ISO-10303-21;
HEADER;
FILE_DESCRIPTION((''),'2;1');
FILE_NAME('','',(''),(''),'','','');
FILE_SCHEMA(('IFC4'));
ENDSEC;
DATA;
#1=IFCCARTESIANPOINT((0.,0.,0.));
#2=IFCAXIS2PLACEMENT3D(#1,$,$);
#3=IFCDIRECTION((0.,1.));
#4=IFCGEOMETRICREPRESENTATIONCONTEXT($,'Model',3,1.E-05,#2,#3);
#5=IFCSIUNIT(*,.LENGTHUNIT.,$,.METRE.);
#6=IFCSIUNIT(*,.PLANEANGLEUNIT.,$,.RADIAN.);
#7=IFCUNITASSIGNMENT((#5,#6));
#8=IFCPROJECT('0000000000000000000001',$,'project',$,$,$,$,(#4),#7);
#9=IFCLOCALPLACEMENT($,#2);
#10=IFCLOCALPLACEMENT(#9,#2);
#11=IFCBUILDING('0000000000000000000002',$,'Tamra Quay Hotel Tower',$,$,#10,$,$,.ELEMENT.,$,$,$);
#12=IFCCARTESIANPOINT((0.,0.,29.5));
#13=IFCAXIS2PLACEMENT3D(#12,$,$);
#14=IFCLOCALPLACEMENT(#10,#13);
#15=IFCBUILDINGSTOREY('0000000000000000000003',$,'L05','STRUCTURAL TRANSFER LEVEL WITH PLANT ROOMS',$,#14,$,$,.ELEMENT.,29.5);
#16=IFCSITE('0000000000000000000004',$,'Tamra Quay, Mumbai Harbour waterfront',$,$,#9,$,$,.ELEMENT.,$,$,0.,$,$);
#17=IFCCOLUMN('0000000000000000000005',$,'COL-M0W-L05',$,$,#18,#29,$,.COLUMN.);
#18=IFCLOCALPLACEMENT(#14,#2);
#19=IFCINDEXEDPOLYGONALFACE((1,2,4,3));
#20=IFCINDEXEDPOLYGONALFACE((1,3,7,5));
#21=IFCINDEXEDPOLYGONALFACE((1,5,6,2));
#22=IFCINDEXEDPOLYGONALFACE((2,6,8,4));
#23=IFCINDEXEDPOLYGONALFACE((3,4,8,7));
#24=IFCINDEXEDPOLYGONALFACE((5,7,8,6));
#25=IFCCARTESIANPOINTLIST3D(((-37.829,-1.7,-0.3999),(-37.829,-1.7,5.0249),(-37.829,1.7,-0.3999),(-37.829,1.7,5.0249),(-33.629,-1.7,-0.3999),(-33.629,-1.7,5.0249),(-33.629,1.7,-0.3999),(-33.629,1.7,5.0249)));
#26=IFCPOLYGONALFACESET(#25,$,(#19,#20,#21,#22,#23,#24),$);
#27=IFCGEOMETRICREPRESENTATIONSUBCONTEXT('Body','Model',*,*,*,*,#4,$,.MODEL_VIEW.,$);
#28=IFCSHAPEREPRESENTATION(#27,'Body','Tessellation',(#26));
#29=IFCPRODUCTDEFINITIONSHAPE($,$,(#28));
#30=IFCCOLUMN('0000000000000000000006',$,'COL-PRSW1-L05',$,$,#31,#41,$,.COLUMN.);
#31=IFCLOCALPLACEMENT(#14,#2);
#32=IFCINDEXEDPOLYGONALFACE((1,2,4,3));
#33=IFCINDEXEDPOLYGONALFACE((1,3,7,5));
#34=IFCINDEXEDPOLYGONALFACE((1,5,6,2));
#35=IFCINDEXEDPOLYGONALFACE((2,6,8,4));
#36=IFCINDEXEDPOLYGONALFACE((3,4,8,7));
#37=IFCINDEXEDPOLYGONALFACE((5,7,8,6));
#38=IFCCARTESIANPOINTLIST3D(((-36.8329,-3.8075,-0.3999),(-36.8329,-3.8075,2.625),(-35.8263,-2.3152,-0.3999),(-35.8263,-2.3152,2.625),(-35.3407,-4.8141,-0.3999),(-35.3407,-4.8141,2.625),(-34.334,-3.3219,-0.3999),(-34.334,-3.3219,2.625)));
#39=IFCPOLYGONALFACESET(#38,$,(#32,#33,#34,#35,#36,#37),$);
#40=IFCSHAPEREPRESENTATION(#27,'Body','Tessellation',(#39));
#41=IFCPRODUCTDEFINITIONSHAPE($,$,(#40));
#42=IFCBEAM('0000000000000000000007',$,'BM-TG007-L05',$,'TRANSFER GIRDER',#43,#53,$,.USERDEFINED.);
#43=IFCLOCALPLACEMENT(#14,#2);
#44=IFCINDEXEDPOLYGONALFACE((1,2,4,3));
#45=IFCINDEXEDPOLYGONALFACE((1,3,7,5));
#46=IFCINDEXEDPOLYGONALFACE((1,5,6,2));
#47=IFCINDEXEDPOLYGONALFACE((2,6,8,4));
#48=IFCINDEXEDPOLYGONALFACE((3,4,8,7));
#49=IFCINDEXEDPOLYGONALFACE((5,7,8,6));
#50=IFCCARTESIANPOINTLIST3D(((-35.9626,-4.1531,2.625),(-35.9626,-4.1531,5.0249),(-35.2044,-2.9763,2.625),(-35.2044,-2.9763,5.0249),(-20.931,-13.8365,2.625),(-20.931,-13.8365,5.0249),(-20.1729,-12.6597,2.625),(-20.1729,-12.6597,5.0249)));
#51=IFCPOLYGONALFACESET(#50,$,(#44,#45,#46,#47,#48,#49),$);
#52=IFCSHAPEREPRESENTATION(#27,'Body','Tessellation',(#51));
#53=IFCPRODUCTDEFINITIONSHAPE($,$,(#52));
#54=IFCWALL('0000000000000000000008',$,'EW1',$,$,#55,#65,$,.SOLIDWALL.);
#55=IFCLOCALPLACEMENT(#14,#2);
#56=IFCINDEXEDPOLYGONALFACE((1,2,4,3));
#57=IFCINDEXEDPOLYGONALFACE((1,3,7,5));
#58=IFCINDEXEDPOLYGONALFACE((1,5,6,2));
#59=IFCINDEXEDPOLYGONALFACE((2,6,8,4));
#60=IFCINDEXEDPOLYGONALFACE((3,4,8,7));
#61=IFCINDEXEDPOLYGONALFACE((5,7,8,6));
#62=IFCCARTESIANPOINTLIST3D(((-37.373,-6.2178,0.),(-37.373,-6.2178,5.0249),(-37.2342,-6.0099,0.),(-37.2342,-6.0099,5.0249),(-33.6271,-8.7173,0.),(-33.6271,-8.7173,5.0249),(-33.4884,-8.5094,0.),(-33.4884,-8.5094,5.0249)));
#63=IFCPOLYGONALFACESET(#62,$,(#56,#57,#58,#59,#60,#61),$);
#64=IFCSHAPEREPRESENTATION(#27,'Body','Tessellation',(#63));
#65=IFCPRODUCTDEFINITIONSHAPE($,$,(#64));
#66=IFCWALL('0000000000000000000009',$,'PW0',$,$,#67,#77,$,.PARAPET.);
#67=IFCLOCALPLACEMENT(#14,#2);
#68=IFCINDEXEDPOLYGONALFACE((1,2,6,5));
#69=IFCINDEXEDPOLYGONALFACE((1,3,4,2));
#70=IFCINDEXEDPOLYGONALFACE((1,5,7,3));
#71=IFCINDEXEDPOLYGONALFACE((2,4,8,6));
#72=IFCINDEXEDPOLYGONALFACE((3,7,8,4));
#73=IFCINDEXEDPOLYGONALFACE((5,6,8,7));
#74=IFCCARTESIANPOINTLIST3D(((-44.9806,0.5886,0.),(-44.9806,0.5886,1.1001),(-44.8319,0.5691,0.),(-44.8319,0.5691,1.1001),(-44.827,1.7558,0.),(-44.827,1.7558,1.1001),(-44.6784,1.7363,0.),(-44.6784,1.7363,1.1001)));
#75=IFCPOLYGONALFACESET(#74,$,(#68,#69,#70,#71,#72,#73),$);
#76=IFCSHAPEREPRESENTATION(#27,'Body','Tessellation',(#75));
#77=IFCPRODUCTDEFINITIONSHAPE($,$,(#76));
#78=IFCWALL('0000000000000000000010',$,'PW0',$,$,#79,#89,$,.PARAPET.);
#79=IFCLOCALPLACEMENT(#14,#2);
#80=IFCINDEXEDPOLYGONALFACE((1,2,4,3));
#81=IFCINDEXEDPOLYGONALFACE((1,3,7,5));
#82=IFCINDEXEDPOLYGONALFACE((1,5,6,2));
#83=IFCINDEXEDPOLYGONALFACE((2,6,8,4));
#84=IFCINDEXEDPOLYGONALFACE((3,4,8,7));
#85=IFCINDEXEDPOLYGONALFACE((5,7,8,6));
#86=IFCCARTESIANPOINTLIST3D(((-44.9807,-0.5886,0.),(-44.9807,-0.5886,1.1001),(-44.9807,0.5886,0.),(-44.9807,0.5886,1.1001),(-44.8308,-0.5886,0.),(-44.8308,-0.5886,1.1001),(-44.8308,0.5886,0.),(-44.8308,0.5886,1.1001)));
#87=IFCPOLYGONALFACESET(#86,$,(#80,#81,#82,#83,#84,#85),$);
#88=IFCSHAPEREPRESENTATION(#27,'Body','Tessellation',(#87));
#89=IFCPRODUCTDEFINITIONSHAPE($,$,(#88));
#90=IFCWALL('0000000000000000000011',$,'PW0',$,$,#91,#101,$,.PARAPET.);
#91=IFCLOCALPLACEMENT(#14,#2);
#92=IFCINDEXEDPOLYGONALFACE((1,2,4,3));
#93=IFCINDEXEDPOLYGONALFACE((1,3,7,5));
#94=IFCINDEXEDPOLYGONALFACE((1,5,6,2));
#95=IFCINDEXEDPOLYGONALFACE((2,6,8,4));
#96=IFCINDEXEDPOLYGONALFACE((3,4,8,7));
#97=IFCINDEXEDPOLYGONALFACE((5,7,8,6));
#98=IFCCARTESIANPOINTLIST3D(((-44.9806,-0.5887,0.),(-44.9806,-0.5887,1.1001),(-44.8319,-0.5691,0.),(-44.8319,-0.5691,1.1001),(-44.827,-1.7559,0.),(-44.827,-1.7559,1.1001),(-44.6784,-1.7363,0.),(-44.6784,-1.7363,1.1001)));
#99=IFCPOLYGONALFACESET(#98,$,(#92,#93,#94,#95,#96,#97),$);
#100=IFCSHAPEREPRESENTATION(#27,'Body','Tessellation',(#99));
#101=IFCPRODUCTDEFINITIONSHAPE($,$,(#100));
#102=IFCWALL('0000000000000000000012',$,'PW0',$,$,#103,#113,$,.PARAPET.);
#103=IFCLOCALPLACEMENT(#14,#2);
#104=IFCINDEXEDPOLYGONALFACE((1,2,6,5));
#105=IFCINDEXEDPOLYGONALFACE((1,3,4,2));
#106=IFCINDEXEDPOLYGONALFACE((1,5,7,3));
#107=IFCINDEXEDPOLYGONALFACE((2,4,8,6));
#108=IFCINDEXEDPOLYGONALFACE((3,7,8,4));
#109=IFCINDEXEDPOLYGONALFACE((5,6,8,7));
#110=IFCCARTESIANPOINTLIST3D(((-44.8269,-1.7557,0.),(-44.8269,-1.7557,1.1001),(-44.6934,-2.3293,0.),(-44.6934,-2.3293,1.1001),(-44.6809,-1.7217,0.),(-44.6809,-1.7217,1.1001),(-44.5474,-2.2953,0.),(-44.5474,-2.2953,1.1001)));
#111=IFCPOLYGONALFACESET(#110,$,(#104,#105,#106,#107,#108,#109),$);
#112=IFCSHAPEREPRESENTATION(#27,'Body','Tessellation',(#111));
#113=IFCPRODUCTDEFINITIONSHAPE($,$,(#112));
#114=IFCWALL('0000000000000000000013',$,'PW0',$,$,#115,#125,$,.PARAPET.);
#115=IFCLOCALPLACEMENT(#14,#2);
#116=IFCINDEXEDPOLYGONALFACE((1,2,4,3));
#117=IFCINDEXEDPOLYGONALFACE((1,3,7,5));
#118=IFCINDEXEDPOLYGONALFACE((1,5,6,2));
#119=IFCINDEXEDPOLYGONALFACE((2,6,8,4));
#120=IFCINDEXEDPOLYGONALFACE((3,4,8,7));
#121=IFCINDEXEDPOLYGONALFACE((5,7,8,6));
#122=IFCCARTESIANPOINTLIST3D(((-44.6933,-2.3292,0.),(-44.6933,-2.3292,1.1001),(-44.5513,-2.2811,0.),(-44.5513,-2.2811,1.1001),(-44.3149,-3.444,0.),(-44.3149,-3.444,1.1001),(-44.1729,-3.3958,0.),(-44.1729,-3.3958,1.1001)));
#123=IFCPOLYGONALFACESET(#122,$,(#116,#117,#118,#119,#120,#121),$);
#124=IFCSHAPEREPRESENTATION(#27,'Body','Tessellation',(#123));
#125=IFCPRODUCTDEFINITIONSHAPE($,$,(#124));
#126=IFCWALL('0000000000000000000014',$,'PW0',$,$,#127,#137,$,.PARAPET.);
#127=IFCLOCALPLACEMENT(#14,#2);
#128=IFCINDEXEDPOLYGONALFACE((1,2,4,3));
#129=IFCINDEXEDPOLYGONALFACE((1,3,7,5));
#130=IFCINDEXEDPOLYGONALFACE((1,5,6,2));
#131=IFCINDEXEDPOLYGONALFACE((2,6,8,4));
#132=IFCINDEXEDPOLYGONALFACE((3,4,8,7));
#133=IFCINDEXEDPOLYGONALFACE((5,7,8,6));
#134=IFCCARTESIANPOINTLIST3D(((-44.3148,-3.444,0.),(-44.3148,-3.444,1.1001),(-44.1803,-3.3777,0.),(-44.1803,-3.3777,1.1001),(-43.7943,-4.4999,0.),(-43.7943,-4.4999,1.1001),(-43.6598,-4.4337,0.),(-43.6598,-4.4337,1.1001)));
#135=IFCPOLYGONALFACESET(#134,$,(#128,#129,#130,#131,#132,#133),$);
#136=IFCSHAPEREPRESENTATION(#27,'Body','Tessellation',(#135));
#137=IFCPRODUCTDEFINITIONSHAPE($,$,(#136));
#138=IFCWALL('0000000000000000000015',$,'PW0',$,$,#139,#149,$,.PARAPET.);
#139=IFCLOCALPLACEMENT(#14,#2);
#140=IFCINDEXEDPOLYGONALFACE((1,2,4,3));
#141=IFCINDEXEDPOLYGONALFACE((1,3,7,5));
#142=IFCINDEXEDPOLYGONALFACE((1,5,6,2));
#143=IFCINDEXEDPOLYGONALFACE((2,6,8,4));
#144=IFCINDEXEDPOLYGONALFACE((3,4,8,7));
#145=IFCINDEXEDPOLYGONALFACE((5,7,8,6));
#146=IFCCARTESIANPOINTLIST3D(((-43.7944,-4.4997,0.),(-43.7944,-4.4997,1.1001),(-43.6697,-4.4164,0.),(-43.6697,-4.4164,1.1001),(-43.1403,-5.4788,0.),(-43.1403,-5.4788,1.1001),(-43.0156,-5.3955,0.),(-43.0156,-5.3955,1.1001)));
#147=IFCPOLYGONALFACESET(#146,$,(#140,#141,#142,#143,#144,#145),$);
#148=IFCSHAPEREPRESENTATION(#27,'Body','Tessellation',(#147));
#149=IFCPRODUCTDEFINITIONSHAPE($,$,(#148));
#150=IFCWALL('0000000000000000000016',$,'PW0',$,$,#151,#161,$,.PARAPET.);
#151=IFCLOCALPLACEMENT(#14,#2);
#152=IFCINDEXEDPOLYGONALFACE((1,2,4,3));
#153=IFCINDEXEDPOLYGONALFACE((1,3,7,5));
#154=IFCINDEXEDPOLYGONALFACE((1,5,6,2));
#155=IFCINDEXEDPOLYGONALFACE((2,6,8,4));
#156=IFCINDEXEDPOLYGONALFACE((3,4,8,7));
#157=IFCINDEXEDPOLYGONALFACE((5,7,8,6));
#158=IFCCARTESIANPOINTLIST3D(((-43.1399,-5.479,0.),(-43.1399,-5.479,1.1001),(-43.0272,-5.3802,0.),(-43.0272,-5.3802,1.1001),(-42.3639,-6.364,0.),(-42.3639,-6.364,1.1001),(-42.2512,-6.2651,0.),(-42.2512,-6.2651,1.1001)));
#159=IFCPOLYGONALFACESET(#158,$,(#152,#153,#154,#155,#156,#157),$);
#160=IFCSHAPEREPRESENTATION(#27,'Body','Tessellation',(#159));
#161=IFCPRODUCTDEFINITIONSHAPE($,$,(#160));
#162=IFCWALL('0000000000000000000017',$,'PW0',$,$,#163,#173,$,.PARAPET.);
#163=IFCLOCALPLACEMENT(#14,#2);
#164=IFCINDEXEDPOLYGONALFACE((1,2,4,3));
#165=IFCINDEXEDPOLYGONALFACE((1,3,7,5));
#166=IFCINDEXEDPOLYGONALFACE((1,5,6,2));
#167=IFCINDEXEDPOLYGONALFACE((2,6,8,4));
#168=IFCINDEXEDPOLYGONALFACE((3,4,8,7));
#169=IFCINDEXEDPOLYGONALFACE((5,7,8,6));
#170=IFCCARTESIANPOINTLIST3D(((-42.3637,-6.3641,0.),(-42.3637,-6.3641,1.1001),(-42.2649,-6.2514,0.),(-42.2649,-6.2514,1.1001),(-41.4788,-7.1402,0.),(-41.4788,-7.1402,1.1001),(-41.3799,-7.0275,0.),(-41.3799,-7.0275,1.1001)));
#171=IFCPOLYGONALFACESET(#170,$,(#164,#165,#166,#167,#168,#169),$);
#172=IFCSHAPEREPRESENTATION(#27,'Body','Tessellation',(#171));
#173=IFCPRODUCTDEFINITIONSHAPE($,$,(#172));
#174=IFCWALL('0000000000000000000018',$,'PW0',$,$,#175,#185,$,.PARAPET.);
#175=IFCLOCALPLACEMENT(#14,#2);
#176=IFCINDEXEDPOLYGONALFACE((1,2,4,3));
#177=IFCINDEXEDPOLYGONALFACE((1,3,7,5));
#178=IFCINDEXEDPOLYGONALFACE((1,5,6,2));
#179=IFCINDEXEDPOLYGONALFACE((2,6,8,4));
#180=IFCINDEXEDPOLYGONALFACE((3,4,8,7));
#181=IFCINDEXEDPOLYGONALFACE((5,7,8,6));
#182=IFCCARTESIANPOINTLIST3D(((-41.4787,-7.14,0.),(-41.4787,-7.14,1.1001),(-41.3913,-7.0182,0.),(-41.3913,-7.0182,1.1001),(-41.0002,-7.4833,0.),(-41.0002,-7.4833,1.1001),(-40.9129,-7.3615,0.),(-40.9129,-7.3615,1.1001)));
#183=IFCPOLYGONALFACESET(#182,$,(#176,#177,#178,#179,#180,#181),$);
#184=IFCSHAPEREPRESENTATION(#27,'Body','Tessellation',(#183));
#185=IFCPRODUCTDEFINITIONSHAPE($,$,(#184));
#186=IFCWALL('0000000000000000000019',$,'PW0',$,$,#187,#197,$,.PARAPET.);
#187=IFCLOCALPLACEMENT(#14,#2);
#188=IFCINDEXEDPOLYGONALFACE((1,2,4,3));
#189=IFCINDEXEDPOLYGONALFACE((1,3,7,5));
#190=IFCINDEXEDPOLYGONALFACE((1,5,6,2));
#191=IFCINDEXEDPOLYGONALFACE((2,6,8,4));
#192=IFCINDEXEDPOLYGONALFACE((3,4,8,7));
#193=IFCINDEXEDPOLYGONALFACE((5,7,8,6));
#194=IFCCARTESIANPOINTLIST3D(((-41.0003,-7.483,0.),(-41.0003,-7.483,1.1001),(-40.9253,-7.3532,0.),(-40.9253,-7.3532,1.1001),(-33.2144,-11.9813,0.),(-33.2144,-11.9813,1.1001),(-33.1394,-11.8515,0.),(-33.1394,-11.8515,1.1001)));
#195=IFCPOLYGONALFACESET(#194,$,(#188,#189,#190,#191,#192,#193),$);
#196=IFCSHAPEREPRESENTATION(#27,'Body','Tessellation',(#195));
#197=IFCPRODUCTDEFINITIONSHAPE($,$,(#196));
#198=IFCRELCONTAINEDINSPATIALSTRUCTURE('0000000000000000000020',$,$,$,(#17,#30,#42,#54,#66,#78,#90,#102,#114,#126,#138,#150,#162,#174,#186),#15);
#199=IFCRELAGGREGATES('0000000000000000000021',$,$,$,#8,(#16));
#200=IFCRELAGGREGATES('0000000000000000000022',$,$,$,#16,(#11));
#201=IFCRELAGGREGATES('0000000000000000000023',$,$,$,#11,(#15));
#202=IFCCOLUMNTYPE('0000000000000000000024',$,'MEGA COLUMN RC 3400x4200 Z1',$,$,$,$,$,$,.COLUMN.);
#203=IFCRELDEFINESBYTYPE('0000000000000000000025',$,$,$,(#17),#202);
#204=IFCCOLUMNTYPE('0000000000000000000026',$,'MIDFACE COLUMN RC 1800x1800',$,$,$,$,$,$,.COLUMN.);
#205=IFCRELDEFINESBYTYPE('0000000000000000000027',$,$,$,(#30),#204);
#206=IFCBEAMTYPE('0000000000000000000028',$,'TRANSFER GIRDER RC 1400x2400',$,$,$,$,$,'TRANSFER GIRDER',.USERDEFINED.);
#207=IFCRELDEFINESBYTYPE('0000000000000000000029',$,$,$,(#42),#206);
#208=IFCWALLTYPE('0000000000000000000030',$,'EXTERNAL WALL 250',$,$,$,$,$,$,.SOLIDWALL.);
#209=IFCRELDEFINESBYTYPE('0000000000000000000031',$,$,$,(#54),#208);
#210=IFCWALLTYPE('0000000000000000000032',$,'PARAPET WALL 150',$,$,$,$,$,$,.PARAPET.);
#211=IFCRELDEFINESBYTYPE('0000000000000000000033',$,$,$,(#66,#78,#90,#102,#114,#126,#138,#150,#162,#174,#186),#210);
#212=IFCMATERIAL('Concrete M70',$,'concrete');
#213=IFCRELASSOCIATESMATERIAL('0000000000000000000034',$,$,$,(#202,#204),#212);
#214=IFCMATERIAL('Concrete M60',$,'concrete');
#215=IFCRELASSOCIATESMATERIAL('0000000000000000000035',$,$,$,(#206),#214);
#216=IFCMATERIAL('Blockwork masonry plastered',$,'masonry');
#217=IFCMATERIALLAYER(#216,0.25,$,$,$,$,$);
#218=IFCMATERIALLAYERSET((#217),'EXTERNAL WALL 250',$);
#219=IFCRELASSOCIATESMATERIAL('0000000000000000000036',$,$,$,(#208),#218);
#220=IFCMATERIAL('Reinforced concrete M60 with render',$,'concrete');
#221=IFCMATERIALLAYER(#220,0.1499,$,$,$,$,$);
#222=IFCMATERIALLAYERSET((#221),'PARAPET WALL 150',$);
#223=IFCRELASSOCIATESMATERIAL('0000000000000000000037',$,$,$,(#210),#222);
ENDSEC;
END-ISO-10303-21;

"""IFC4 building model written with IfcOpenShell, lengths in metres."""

from ifc_helpers import new_model, si_unit, direction, frame, frame_2d, origin, origin_2d, place, context, subcontext, project, spatial, rectangle, extrude, material, layer, layer_set, material_profile, profile_set, type_object, element, save


model = new_model("IFC4")

# Units and contexts
model_context = context("Model", 3, precision=1e-05, world=origin(), true_north=direction((0.0, 1.0)))
body_context = subcontext(model_context, "Body", "Model", "MODEL_VIEW")
ifc_project = project(units=[si_unit("LENGTHUNIT", "METRE"), si_unit("PLANEANGLEUNIT", "RADIAN")], contexts=[model_context])

# Site, building, storey
site_placement = place(None, origin())
site = spatial("IfcSite", under=ifc_project, at=site_placement, Name="Tamra Quay, Mumbai Harbour waterfront", CompositionType="ELEMENT", RefElevation=0.0)
building_placement = place(site_placement, origin())
building = spatial("IfcBuilding", under=site, at=building_placement, Name="Tamra Quay Hotel Tower", CompositionType="ELEMENT")
storey_placement = place(building_placement, frame((0.0, 0.0, 29.5)))
storey = spatial("IfcBuildingStorey", under=building, at=storey_placement, Name="L05", Description="STRUCTURAL TRANSFER LEVEL WITH PLANT ROOMS", CompositionType="ELEMENT", Elevation=29.5)

# Columns
ifc_material_1 = material(Name="Concrete M70", Category="concrete")
ifc_material_profile_1 = material_profile(ifc_material_1, rectangle(XDim=4.2, YDim=3.3999, at=origin_2d()), Name="MEGA COLUMN RC 3400x4200 Z1")
ifc_profile_set_1 = profile_set([ifc_material_profile_1], Name="Concrete M70")
column_type_1 = type_object("IfcColumnType", Name="MEGA COLUMN RC 3400x4200 Z1", PredefinedType="COLUMN", material=ifc_profile_set_1)
column_1_placement = place(storey_placement, frame((-35.729, 0.0, -0.3999), z_axis=(0.0, 0.0, 1.0), x_axis=(1.0, 0.0, 0.0)))
element("IfcColumn", 1, at=column_1_placement, inside=storey, type_object=column_type_1, Name="COL-M0W-L05", PredefinedType="COLUMN", context=body_context, shape_type="SweptSolid", body=[
    extrude(rectangle(XDim=4.2, YDim=3.3999, at=origin_2d()), origin(), (0.0, 0.0, 1.0), 5.4248),
])
ifc_material_profile_2 = material_profile(ifc_material_1, rectangle(XDim=1.8, YDim=1.8, at=origin_2d()), Name="MIDFACE COLUMN RC 1800x1800")
ifc_profile_set_2 = profile_set([ifc_material_profile_2], Name="Concrete M70")
column_type_2 = type_object("IfcColumnType", Name="MIDFACE COLUMN RC 1800x1800", PredefinedType="COLUMN", material=ifc_profile_set_2)
column_2_placement = place(storey_placement, frame((-35.5835, -3.5647, -0.3999), z_axis=(0.0, 0.0, 1.0), x_axis=(0.55922, 0.829019, 0.0)))
element("IfcColumn", 2, at=column_2_placement, inside=storey, type_object=column_type_2, Name="COL-PRSW1-L05", PredefinedType="COLUMN", context=body_context, shape_type="SweptSolid", body=[
    extrude(rectangle(XDim=1.8, YDim=1.8, at=origin_2d()), origin(), (0.0, 0.0, 1.0), 3.0249),
])

# Beam
ifc_material_2 = material(Name="Concrete M60", Category="concrete")
ifc_material_profile_3 = material_profile(ifc_material_2, rectangle(XDim=1.3999, YDim=2.3999, at=origin_2d()), Name="TRANSFER GIRDER RC 1400x2400")
ifc_profile_set_3 = profile_set([ifc_material_profile_3], Name="Concrete M60")
beam_type = type_object("IfcBeamType", Name="TRANSFER GIRDER RC 1400x2400", ElementType="TRANSFER GIRDER", PredefinedType="USERDEFINED", material=ifc_profile_set_3)
beam_placement = place(storey_placement, frame((-35.5835, -3.5647, 3.825), z_axis=(0.840663, -0.541559, 0.0), x_axis=(0.541559, 0.840663, 0.0)))
element("IfcBeam", 3, at=beam_placement, inside=storey, type_object=beam_type, Name="BM-TG007-L05", ObjectType="TRANSFER GIRDER", PredefinedType="USERDEFINED", context=body_context, shape_type="SweptSolid", body=[
    extrude(rectangle(XDim=1.3999, YDim=2.3999, at=origin_2d()), origin(), (0.0, 0.0, 1.0), 17.8806),
])

# Walls
ifc_material_3 = material(Name="Blockwork masonry plastered", Category="masonry")
ifc_layer_1 = layer(ifc_material_3, 0.25)
ifc_layer_set_1 = layer_set([ifc_layer_1], Name="EXTERNAL WALL 250")
wall_type_1 = type_object("IfcWallType", Name="EXTERNAL WALL 250", PredefinedType="SOLIDWALL", material=ifc_layer_set_1)
wall_1_placement = place(storey_placement, frame((-33.5579, -8.6133, 0.0), z_axis=(0.0, 0.0, 1.0), x_axis=(-0.831817, 0.55505, 0.0)))
element("IfcWall", 4, at=wall_1_placement, inside=storey, type_object=wall_type_1, Name="EW1", PredefinedType="SOLIDWALL", context=body_context, shape_type="SweptSolid", body=[
    extrude(rectangle(XDim=4.5032, YDim=0.25, at=frame_2d((2.2515, 0.0))), origin(), (0.0, 0.0, 1.0), 5.0249),
])
ifc_material_4 = material(Name="Reinforced concrete M60 with render", Category="concrete")
ifc_layer_2 = layer(ifc_material_4, 0.1499)
ifc_layer_set_2 = layer_set([ifc_layer_2], Name="PARAPET WALL 150")
wall_type_2 = type_object("IfcWallType", Name="PARAPET WALL 150", PredefinedType="PARAPET", material=ifc_layer_set_2)
for number, where, z_axis, x_axis, name in (
    (5, (-44.9062, 0.5789, 0.0), (0.0, 0.0, 1.0), (0.130438, 0.991456, 0.0), "PW0"),
    (6, (-44.9058, -0.5886, 0.0), (0.0, 0.0, 1.0), (0.0, 1.0, 0.0), "PW0"),
    (7, (-44.7527, -1.7461, 0.0), (0.0, 0.0, 1.0), (-0.130438, 0.991456, 0.0), "PW0"),
):
    element("IfcWall", number, at=place(storey_placement, frame(where, z_axis=z_axis, x_axis=x_axis)), inside=storey, type_object=wall_type_2, Name=name, PredefinedType="PARAPET", context=body_context, shape_type="SweptSolid", body=[
        extrude(rectangle(XDim=1.1772, YDim=0.1499, at=frame_2d((0.5886, 0.0))), origin(), (0.0, 0.0, 1.0), 1.1001),
    ])
wall_2_placement = place(storey_placement, frame((-44.6204, -2.3123, 0.0), z_axis=(0.0, 0.0, 1.0), x_axis=(-0.226797, 0.973942, 0.0)))
element("IfcWall", 8, at=wall_2_placement, inside=storey, type_object=wall_type_2, Name="PW0", PredefinedType="PARAPET", context=body_context, shape_type="SweptSolid", body=[
    extrude(rectangle(XDim=0.5889, YDim=0.1499, at=frame_2d((0.2944, 0.0))), origin(), (0.0, 0.0, 1.0), 1.1001),
])
for number, where, z_axis, x_axis, name in (
    (9, (-44.2439, -3.4199, 0.0), (0.0, 0.0, 1.0), (-0.321449, 0.946927, 0.0), "PW0"),
    (10, (-43.7271, -4.4668, 0.0), (0.0, 0.0, 1.0), (-0.442146, 0.896943, 0.0), "PW0"),
):
    element("IfcWall", number, at=place(storey_placement, frame(where, z_axis=z_axis, x_axis=x_axis)), inside=storey, type_object=wall_type_2, Name=name, PredefinedType="PARAPET", context=body_context, shape_type="SweptSolid", body=[
        extrude(rectangle(XDim=1.1772, YDim=0.1499, at=frame_2d((0.5886, 0.0))), origin(), (0.0, 0.0, 1.0), 1.1001),
    ])
wall_3_placement = place(storey_placement, frame((-43.0779, -5.4373, 0.0), z_axis=(0.0, 0.0, 1.0), x_axis=(-0.555513, 0.831508, 0.0)))
element("IfcWall", 11, at=wall_3_placement, inside=storey, type_object=wall_type_2, Name="PW0", PredefinedType="PARAPET", context=body_context, shape_type="SweptSolid", body=[
    extrude(rectangle(XDim=1.1775, YDim=0.1499, at=frame_2d((0.5889, 0.0))), origin(), (0.0, 0.0, 1.0), 1.1001),
])
for number, where, z_axis, x_axis, name in (
    (12, (-42.3076, -6.3145, 0.0), (0.0, 0.0, 1.0), (-0.659341, 0.751844, 0.0), "PW0"),
    (13, (-41.4294, -7.0837, 0.0), (0.0, 0.0, 1.0), (-0.751844, 0.659341, 0.0), "PW0"),
):
    element("IfcWall", number, at=place(storey_placement, frame(where, z_axis=z_axis, x_axis=x_axis)), inside=storey, type_object=wall_type_2, Name=name, PredefinedType="PARAPET", context=body_context, shape_type="SweptSolid", body=[
        extrude(rectangle(XDim=1.177, YDim=0.1499, at=frame_2d((0.5884, 0.0))), origin(), (0.0, 0.0, 1.0), 1.1001),
    ])
wall_4_placement = place(storey_placement, frame((-40.9565, -7.4224, 0.0), z_axis=(0.0, 0.0, 1.0), x_axis=(-0.812555, 0.582884, 0.0)))
element("IfcWall", 14, at=wall_4_placement, inside=storey, type_object=wall_type_2, Name="PW0", PredefinedType="PARAPET", context=body_context, shape_type="SweptSolid", body=[
    extrude(rectangle(XDim=0.5889, YDim=0.1499, at=frame_2d((0.2944, 0.0))), origin(), (0.0, 0.0, 1.0), 1.1001),
])
wall_5_placement = place(storey_placement, frame((-33.1768, -11.9165, 0.0), z_axis=(0.0, 0.0, 1.0), x_axis=(-0.865876, 0.500259, 0.0)))
element("IfcWall", 15, at=wall_5_placement, inside=storey, type_object=wall_type_2, Name="PW0", PredefinedType="PARAPET", context=body_context, shape_type="SweptSolid", body=[
    extrude(rectangle(XDim=8.9919, YDim=0.1499, at=frame_2d((4.4961, 0.0))), origin(), (0.0, 0.0, 1.0), 1.1001),
])

save(model, "model.ifc")
